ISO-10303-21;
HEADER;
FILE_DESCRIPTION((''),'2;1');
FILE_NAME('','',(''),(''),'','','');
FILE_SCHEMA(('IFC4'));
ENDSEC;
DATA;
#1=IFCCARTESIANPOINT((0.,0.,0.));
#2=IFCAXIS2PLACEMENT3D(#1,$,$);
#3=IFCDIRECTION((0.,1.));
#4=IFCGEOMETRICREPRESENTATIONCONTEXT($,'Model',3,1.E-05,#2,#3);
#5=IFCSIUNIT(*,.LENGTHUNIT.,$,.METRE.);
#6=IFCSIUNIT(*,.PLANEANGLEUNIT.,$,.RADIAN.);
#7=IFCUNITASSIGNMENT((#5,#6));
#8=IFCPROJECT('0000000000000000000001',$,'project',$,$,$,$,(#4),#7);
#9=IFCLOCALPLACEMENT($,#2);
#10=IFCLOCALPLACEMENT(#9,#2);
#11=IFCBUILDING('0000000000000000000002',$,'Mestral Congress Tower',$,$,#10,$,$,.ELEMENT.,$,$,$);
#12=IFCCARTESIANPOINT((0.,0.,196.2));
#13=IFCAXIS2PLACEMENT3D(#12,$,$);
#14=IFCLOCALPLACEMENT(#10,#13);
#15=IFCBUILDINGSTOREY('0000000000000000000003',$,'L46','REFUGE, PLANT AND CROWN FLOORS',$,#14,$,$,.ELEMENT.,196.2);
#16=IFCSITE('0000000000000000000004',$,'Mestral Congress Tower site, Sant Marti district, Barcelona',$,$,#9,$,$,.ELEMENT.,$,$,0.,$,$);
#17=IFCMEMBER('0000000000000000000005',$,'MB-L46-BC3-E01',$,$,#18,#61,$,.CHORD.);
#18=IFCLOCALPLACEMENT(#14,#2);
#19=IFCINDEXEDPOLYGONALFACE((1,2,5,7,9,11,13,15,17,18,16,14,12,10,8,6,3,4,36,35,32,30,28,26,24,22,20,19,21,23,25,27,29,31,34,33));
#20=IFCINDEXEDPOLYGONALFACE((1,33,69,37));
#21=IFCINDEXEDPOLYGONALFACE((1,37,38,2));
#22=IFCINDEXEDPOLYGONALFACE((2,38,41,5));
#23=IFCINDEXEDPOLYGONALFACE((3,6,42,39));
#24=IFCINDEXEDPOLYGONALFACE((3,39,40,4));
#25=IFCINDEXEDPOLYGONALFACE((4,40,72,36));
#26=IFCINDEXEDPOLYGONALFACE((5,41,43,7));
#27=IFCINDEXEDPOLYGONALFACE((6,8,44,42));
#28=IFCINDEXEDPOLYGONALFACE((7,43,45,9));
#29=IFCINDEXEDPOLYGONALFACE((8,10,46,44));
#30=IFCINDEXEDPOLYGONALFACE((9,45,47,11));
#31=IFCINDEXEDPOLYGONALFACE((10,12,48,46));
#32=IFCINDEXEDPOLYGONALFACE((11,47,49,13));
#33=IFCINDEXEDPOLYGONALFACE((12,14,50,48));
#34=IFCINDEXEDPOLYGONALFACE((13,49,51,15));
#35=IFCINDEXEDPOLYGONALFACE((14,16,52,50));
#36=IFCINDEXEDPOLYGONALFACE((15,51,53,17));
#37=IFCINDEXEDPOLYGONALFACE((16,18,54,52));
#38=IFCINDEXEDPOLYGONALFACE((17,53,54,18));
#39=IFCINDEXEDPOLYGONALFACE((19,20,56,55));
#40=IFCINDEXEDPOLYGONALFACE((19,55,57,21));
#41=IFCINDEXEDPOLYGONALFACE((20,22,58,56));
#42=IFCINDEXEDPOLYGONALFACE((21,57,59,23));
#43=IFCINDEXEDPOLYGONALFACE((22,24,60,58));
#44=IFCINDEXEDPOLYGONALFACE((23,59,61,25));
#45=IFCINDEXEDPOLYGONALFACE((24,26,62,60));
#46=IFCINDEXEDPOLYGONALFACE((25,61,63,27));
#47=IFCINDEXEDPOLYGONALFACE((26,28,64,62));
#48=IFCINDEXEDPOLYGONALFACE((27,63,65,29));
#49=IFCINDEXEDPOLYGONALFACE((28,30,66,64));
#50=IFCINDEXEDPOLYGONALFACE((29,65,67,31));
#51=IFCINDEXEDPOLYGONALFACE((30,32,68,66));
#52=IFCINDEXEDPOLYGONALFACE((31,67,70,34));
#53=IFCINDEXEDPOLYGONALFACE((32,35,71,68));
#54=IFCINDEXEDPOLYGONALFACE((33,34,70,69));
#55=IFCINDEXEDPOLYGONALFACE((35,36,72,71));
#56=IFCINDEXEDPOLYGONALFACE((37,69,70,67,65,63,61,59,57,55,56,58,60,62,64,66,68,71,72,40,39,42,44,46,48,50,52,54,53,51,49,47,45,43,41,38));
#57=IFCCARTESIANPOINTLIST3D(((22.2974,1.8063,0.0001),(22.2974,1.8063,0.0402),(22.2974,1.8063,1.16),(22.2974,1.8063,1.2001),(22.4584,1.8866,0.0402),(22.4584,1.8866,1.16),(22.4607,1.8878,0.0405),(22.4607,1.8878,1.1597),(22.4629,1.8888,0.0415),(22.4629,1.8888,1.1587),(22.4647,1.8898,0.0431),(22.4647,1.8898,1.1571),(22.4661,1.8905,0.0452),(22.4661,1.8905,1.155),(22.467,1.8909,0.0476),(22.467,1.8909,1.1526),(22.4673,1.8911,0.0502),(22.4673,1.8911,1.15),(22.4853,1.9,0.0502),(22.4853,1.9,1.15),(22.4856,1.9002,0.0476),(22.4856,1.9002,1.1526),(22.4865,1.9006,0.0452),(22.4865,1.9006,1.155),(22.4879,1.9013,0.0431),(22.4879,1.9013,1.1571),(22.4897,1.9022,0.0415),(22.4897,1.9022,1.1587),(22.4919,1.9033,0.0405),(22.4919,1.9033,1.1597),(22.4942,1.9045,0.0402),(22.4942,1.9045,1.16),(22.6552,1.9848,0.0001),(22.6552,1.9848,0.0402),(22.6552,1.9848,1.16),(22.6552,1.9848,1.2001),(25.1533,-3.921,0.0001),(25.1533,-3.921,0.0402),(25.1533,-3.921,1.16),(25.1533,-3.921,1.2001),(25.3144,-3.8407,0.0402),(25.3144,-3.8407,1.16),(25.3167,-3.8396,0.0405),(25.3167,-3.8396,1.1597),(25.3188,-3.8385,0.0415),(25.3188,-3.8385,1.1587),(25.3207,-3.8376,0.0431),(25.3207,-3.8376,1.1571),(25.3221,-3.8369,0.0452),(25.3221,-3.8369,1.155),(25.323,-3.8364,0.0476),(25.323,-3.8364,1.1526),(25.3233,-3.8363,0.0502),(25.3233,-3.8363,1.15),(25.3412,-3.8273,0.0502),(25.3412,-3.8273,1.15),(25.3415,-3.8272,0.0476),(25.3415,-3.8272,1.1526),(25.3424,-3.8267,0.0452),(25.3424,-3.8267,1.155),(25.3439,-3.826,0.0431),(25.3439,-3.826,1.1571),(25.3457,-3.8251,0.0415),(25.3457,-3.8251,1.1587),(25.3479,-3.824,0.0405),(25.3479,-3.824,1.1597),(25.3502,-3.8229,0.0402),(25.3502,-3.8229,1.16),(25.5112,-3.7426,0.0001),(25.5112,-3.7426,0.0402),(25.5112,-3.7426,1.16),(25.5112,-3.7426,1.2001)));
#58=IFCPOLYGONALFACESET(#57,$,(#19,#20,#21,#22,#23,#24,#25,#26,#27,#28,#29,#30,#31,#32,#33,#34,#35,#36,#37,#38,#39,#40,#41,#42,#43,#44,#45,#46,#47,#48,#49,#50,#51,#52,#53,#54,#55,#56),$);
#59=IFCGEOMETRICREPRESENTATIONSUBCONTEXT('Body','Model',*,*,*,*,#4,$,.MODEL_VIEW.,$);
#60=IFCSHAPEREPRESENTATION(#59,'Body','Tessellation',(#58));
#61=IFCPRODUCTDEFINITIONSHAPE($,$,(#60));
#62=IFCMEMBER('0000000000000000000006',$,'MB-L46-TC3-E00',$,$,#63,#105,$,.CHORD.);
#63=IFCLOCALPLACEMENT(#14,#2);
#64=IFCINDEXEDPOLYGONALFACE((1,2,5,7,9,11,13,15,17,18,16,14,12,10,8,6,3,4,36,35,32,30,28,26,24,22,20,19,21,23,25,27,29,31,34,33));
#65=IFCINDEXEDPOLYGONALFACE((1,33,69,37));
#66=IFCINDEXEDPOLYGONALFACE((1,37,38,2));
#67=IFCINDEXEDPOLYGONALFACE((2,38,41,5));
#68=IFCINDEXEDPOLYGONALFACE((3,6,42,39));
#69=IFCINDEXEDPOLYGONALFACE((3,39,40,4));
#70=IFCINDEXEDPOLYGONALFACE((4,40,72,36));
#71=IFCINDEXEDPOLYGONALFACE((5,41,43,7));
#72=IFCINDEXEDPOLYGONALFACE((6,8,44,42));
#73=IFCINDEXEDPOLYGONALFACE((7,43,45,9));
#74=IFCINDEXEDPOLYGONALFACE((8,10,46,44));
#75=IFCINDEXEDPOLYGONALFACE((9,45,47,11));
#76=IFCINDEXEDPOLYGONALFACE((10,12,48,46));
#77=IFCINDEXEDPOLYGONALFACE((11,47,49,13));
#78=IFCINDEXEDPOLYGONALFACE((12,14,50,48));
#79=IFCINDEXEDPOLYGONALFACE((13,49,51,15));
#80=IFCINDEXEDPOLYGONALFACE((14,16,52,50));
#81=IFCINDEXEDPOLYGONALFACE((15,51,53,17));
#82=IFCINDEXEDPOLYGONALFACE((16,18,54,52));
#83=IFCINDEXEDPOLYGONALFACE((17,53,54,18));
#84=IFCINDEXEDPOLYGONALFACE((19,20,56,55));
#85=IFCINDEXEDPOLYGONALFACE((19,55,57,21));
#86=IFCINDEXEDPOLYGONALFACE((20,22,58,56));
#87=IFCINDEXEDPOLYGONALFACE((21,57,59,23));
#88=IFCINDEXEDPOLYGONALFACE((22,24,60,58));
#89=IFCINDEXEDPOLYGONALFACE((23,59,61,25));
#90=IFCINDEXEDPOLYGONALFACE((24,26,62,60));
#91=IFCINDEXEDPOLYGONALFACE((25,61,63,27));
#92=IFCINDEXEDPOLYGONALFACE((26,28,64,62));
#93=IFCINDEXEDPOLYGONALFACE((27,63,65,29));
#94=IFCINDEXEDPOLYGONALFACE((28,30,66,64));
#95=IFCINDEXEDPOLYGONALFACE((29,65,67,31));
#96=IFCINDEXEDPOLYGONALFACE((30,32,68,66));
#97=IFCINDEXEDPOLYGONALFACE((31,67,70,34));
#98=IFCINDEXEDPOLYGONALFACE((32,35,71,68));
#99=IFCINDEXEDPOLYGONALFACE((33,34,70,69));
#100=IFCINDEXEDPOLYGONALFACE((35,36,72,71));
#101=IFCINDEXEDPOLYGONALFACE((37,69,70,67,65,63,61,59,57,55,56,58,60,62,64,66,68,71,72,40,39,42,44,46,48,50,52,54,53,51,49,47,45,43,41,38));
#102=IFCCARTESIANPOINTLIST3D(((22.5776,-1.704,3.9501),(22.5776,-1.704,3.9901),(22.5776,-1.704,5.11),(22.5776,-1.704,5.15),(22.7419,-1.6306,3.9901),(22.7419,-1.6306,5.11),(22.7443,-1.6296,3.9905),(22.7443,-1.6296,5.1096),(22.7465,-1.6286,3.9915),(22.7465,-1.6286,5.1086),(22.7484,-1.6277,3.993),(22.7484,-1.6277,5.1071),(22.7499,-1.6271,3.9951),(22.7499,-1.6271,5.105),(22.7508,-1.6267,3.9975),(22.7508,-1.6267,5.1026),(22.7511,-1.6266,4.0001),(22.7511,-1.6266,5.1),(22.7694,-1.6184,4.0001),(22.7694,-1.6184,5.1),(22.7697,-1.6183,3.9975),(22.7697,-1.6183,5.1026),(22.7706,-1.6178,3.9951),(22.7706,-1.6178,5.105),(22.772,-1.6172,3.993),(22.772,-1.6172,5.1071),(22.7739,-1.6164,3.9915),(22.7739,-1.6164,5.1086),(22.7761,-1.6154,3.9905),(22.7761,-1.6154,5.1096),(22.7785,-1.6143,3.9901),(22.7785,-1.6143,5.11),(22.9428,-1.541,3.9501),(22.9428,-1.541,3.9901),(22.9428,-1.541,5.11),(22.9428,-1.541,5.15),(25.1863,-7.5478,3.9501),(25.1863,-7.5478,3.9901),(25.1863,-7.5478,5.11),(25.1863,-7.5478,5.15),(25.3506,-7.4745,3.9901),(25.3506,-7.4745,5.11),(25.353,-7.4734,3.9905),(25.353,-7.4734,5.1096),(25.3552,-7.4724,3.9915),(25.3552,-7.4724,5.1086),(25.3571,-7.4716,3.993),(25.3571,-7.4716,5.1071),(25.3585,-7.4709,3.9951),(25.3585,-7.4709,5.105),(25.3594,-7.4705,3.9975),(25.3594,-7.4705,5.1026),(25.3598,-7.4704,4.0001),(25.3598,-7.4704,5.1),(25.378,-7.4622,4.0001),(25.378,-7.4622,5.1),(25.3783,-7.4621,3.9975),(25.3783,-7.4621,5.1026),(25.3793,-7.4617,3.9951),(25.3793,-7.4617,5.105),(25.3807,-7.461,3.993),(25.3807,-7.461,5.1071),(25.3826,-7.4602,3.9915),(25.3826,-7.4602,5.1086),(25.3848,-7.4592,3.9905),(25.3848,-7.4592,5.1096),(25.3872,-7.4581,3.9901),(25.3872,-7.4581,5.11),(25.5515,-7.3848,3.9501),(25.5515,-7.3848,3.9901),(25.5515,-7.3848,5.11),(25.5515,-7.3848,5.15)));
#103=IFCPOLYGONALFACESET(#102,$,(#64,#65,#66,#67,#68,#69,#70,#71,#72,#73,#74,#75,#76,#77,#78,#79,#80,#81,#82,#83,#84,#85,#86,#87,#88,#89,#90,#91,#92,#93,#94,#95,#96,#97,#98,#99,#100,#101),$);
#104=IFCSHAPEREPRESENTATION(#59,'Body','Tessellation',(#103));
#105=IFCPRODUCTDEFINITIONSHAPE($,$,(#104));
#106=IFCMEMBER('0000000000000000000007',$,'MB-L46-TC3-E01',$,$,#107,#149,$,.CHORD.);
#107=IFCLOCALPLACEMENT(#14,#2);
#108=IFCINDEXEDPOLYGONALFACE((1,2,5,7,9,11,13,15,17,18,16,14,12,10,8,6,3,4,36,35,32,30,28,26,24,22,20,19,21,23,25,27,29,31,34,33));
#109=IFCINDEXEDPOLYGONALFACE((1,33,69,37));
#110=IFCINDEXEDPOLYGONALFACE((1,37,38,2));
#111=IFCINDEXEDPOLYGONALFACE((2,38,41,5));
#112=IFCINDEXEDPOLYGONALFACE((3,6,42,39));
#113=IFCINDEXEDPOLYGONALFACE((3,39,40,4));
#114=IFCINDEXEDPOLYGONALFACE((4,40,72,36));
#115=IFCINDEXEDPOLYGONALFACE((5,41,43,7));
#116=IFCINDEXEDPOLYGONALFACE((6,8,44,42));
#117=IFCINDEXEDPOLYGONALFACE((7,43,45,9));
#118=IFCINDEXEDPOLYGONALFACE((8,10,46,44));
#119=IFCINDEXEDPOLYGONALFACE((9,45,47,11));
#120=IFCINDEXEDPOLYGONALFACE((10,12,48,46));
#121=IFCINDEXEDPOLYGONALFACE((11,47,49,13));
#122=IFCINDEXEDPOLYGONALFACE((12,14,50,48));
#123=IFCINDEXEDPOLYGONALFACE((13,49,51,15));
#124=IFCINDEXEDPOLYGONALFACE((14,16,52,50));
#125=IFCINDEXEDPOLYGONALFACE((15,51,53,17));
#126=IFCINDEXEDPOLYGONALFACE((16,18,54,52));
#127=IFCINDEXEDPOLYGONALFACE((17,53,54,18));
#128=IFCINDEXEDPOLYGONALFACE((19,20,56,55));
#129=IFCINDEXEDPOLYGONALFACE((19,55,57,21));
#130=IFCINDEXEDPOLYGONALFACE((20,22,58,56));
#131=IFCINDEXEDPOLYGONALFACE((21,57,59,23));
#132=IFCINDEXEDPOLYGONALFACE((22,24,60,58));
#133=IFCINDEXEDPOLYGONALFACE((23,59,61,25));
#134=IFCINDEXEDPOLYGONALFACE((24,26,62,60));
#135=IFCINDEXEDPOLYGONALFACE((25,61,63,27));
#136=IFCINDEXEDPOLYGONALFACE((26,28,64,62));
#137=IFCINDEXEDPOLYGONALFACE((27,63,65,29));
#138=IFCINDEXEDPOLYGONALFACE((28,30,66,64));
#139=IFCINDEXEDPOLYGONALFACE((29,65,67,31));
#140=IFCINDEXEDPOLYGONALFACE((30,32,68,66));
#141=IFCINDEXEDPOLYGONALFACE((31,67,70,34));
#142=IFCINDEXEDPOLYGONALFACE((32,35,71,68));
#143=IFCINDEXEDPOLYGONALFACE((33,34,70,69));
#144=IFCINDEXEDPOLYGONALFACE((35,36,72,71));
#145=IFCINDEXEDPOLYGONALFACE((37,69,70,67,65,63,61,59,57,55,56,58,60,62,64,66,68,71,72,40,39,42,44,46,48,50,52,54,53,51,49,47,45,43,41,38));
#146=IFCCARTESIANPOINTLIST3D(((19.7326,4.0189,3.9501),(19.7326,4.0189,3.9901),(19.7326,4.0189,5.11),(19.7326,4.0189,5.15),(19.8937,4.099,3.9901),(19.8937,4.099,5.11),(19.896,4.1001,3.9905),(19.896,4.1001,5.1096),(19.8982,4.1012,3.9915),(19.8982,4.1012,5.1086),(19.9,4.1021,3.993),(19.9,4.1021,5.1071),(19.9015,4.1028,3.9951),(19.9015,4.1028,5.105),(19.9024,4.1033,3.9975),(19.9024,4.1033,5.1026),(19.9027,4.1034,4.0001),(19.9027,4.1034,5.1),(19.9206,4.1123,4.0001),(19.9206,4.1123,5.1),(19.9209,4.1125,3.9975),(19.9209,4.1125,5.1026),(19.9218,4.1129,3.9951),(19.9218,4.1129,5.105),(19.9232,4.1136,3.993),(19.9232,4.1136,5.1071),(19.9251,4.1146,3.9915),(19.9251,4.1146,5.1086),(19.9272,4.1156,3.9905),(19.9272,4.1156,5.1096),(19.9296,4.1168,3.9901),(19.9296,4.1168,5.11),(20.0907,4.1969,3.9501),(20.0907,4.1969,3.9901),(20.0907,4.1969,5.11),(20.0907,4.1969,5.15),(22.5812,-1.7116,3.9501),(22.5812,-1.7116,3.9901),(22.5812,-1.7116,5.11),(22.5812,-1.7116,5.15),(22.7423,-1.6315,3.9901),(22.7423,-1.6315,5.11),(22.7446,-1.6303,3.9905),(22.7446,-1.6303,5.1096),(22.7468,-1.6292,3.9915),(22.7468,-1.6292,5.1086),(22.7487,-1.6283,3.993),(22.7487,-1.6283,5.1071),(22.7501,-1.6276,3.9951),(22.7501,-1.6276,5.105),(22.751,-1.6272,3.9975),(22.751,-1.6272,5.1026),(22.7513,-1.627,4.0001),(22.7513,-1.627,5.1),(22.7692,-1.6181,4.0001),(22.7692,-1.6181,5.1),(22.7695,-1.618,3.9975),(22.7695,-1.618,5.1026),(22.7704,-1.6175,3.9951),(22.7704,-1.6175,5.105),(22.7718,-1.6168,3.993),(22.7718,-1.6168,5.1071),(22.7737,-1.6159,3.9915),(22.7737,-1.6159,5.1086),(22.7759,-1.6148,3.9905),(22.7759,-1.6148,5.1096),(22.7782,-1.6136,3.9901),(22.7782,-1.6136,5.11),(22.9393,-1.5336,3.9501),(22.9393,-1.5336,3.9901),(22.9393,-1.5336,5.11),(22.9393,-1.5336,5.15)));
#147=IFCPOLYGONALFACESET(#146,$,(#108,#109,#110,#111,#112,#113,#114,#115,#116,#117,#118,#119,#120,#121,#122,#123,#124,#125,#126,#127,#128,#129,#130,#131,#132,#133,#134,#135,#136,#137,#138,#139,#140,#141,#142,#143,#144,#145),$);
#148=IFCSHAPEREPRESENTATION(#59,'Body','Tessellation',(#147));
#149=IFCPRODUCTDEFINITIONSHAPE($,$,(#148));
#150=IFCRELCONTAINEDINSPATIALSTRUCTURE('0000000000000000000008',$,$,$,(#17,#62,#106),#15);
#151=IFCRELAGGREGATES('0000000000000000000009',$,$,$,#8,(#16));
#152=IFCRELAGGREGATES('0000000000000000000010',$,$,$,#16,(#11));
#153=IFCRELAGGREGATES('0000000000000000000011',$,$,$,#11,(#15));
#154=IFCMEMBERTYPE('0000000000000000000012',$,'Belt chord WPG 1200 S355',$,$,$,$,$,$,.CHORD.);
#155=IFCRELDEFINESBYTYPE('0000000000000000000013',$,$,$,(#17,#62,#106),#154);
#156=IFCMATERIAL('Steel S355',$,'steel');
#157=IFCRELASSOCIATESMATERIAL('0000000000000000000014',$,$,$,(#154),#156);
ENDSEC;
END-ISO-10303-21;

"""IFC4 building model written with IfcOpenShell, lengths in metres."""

from ifc_helpers import new_model, si_unit, direction, frame, origin, origin_2d, place, context, subcontext, project, spatial, i_section, extrude, material, material_profile, profile_set, type_object, element, save


model = new_model("IFC4")

# Units and contexts
model_context = context("Model", 3, precision=1e-05, world=origin(), true_north=direction((0.0, 1.0)))
body_context = subcontext(model_context, "Body", "Model", "MODEL_VIEW")
ifc_project = project(units=[si_unit("LENGTHUNIT", "METRE"), si_unit("PLANEANGLEUNIT", "RADIAN")], contexts=[model_context])

# Site, building, storey
site_placement = place(None, origin())
site = spatial("IfcSite", under=ifc_project, at=site_placement, Name="Mestral Congress Tower site, Sant Marti district, Barcelona", CompositionType="ELEMENT", RefElevation=0.0)
building_placement = place(site_placement, origin())
building = spatial("IfcBuilding", under=site, at=building_placement, Name="Mestral Congress Tower", CompositionType="ELEMENT")
storey_placement = place(building_placement, frame((0.0, 0.0, 196.2)))
storey = spatial("IfcBuildingStorey", under=building, at=storey_placement, Name="L46", Description="REFUGE, PLANT AND CROWN FLOORS", CompositionType="ELEMENT", Elevation=196.2)

# Members
ifc_material_1 = material(Name="Steel S355", Category="steel")
ifc_material_profile_1 = material_profile(ifc_material_1, i_section(OverallWidth=0.3999, OverallDepth=1.2, WebThickness=0.02, FlangeThickness=0.04, FilletRadius=0.01, at=origin_2d()), Name="WPG 1200")
ifc_profile_set_1 = profile_set([ifc_material_profile_1], Name="Steel S355")
member_type_1 = type_object("IfcMemberType", Name="Belt chord WPG 1200 S355", PredefinedType="CHORD", material=ifc_profile_set_1)
member_1_placement = place(storey_placement, frame((25.3323, -3.8318, 0.6001), z_axis=(-0.446252, 0.894907, 0.0), x_axis=(-0.894907, -0.446252, 0.0)))
element("IfcMember", 1, at=member_1_placement, inside=storey, type_object=member_type_1, Name="MB-L46-BC3-E01", PredefinedType="CHORD", context=body_context, shape_type="SweptSolid", body=[
    extrude(i_section(OverallWidth=0.3999, OverallDepth=1.2, WebThickness=0.02, FlangeThickness=0.04, FilletRadius=0.01, at=origin_2d()), origin(), (0.0, 0.0, 1.0), 6.3999),
])
member_2_placement = place(storey_placement, frame((25.3689, -7.4663, 4.55), z_axis=(-0.407628, 0.913148, 0.0), x_axis=(-0.913148, -0.407628, 0.0)))
element("IfcMember", 2, at=member_2_placement, inside=storey, type_object=member_type_1, Name="MB-L46-TC3-E00", PredefinedType="CHORD", context=body_context, shape_type="SweptSolid", body=[
    extrude(i_section(OverallWidth=0.3999, OverallDepth=1.2, WebThickness=0.02, FlangeThickness=0.04, FilletRadius=0.01, at=origin_2d()), origin(), (0.0, 0.0, 1.0), 6.3997),
])
member_3_placement = place(storey_placement, frame((22.7603, -1.6226, 4.55), z_axis=(-0.445137, 0.895462, 0.0), x_axis=(-0.895462, -0.445137, 0.0)))
element("IfcMember", 3, at=member_3_placement, inside=storey, type_object=member_type_1, Name="MB-L46-TC3-E01", PredefinedType="CHORD", context=body_context, shape_type="SweptSolid", body=[
    extrude(i_section(OverallWidth=0.3999, OverallDepth=1.2, WebThickness=0.02, FlangeThickness=0.04, FilletRadius=0.01, at=origin_2d()), origin(), (0.0, 0.0, 1.0), 6.3994),
])

save(model, "model.ifc")
